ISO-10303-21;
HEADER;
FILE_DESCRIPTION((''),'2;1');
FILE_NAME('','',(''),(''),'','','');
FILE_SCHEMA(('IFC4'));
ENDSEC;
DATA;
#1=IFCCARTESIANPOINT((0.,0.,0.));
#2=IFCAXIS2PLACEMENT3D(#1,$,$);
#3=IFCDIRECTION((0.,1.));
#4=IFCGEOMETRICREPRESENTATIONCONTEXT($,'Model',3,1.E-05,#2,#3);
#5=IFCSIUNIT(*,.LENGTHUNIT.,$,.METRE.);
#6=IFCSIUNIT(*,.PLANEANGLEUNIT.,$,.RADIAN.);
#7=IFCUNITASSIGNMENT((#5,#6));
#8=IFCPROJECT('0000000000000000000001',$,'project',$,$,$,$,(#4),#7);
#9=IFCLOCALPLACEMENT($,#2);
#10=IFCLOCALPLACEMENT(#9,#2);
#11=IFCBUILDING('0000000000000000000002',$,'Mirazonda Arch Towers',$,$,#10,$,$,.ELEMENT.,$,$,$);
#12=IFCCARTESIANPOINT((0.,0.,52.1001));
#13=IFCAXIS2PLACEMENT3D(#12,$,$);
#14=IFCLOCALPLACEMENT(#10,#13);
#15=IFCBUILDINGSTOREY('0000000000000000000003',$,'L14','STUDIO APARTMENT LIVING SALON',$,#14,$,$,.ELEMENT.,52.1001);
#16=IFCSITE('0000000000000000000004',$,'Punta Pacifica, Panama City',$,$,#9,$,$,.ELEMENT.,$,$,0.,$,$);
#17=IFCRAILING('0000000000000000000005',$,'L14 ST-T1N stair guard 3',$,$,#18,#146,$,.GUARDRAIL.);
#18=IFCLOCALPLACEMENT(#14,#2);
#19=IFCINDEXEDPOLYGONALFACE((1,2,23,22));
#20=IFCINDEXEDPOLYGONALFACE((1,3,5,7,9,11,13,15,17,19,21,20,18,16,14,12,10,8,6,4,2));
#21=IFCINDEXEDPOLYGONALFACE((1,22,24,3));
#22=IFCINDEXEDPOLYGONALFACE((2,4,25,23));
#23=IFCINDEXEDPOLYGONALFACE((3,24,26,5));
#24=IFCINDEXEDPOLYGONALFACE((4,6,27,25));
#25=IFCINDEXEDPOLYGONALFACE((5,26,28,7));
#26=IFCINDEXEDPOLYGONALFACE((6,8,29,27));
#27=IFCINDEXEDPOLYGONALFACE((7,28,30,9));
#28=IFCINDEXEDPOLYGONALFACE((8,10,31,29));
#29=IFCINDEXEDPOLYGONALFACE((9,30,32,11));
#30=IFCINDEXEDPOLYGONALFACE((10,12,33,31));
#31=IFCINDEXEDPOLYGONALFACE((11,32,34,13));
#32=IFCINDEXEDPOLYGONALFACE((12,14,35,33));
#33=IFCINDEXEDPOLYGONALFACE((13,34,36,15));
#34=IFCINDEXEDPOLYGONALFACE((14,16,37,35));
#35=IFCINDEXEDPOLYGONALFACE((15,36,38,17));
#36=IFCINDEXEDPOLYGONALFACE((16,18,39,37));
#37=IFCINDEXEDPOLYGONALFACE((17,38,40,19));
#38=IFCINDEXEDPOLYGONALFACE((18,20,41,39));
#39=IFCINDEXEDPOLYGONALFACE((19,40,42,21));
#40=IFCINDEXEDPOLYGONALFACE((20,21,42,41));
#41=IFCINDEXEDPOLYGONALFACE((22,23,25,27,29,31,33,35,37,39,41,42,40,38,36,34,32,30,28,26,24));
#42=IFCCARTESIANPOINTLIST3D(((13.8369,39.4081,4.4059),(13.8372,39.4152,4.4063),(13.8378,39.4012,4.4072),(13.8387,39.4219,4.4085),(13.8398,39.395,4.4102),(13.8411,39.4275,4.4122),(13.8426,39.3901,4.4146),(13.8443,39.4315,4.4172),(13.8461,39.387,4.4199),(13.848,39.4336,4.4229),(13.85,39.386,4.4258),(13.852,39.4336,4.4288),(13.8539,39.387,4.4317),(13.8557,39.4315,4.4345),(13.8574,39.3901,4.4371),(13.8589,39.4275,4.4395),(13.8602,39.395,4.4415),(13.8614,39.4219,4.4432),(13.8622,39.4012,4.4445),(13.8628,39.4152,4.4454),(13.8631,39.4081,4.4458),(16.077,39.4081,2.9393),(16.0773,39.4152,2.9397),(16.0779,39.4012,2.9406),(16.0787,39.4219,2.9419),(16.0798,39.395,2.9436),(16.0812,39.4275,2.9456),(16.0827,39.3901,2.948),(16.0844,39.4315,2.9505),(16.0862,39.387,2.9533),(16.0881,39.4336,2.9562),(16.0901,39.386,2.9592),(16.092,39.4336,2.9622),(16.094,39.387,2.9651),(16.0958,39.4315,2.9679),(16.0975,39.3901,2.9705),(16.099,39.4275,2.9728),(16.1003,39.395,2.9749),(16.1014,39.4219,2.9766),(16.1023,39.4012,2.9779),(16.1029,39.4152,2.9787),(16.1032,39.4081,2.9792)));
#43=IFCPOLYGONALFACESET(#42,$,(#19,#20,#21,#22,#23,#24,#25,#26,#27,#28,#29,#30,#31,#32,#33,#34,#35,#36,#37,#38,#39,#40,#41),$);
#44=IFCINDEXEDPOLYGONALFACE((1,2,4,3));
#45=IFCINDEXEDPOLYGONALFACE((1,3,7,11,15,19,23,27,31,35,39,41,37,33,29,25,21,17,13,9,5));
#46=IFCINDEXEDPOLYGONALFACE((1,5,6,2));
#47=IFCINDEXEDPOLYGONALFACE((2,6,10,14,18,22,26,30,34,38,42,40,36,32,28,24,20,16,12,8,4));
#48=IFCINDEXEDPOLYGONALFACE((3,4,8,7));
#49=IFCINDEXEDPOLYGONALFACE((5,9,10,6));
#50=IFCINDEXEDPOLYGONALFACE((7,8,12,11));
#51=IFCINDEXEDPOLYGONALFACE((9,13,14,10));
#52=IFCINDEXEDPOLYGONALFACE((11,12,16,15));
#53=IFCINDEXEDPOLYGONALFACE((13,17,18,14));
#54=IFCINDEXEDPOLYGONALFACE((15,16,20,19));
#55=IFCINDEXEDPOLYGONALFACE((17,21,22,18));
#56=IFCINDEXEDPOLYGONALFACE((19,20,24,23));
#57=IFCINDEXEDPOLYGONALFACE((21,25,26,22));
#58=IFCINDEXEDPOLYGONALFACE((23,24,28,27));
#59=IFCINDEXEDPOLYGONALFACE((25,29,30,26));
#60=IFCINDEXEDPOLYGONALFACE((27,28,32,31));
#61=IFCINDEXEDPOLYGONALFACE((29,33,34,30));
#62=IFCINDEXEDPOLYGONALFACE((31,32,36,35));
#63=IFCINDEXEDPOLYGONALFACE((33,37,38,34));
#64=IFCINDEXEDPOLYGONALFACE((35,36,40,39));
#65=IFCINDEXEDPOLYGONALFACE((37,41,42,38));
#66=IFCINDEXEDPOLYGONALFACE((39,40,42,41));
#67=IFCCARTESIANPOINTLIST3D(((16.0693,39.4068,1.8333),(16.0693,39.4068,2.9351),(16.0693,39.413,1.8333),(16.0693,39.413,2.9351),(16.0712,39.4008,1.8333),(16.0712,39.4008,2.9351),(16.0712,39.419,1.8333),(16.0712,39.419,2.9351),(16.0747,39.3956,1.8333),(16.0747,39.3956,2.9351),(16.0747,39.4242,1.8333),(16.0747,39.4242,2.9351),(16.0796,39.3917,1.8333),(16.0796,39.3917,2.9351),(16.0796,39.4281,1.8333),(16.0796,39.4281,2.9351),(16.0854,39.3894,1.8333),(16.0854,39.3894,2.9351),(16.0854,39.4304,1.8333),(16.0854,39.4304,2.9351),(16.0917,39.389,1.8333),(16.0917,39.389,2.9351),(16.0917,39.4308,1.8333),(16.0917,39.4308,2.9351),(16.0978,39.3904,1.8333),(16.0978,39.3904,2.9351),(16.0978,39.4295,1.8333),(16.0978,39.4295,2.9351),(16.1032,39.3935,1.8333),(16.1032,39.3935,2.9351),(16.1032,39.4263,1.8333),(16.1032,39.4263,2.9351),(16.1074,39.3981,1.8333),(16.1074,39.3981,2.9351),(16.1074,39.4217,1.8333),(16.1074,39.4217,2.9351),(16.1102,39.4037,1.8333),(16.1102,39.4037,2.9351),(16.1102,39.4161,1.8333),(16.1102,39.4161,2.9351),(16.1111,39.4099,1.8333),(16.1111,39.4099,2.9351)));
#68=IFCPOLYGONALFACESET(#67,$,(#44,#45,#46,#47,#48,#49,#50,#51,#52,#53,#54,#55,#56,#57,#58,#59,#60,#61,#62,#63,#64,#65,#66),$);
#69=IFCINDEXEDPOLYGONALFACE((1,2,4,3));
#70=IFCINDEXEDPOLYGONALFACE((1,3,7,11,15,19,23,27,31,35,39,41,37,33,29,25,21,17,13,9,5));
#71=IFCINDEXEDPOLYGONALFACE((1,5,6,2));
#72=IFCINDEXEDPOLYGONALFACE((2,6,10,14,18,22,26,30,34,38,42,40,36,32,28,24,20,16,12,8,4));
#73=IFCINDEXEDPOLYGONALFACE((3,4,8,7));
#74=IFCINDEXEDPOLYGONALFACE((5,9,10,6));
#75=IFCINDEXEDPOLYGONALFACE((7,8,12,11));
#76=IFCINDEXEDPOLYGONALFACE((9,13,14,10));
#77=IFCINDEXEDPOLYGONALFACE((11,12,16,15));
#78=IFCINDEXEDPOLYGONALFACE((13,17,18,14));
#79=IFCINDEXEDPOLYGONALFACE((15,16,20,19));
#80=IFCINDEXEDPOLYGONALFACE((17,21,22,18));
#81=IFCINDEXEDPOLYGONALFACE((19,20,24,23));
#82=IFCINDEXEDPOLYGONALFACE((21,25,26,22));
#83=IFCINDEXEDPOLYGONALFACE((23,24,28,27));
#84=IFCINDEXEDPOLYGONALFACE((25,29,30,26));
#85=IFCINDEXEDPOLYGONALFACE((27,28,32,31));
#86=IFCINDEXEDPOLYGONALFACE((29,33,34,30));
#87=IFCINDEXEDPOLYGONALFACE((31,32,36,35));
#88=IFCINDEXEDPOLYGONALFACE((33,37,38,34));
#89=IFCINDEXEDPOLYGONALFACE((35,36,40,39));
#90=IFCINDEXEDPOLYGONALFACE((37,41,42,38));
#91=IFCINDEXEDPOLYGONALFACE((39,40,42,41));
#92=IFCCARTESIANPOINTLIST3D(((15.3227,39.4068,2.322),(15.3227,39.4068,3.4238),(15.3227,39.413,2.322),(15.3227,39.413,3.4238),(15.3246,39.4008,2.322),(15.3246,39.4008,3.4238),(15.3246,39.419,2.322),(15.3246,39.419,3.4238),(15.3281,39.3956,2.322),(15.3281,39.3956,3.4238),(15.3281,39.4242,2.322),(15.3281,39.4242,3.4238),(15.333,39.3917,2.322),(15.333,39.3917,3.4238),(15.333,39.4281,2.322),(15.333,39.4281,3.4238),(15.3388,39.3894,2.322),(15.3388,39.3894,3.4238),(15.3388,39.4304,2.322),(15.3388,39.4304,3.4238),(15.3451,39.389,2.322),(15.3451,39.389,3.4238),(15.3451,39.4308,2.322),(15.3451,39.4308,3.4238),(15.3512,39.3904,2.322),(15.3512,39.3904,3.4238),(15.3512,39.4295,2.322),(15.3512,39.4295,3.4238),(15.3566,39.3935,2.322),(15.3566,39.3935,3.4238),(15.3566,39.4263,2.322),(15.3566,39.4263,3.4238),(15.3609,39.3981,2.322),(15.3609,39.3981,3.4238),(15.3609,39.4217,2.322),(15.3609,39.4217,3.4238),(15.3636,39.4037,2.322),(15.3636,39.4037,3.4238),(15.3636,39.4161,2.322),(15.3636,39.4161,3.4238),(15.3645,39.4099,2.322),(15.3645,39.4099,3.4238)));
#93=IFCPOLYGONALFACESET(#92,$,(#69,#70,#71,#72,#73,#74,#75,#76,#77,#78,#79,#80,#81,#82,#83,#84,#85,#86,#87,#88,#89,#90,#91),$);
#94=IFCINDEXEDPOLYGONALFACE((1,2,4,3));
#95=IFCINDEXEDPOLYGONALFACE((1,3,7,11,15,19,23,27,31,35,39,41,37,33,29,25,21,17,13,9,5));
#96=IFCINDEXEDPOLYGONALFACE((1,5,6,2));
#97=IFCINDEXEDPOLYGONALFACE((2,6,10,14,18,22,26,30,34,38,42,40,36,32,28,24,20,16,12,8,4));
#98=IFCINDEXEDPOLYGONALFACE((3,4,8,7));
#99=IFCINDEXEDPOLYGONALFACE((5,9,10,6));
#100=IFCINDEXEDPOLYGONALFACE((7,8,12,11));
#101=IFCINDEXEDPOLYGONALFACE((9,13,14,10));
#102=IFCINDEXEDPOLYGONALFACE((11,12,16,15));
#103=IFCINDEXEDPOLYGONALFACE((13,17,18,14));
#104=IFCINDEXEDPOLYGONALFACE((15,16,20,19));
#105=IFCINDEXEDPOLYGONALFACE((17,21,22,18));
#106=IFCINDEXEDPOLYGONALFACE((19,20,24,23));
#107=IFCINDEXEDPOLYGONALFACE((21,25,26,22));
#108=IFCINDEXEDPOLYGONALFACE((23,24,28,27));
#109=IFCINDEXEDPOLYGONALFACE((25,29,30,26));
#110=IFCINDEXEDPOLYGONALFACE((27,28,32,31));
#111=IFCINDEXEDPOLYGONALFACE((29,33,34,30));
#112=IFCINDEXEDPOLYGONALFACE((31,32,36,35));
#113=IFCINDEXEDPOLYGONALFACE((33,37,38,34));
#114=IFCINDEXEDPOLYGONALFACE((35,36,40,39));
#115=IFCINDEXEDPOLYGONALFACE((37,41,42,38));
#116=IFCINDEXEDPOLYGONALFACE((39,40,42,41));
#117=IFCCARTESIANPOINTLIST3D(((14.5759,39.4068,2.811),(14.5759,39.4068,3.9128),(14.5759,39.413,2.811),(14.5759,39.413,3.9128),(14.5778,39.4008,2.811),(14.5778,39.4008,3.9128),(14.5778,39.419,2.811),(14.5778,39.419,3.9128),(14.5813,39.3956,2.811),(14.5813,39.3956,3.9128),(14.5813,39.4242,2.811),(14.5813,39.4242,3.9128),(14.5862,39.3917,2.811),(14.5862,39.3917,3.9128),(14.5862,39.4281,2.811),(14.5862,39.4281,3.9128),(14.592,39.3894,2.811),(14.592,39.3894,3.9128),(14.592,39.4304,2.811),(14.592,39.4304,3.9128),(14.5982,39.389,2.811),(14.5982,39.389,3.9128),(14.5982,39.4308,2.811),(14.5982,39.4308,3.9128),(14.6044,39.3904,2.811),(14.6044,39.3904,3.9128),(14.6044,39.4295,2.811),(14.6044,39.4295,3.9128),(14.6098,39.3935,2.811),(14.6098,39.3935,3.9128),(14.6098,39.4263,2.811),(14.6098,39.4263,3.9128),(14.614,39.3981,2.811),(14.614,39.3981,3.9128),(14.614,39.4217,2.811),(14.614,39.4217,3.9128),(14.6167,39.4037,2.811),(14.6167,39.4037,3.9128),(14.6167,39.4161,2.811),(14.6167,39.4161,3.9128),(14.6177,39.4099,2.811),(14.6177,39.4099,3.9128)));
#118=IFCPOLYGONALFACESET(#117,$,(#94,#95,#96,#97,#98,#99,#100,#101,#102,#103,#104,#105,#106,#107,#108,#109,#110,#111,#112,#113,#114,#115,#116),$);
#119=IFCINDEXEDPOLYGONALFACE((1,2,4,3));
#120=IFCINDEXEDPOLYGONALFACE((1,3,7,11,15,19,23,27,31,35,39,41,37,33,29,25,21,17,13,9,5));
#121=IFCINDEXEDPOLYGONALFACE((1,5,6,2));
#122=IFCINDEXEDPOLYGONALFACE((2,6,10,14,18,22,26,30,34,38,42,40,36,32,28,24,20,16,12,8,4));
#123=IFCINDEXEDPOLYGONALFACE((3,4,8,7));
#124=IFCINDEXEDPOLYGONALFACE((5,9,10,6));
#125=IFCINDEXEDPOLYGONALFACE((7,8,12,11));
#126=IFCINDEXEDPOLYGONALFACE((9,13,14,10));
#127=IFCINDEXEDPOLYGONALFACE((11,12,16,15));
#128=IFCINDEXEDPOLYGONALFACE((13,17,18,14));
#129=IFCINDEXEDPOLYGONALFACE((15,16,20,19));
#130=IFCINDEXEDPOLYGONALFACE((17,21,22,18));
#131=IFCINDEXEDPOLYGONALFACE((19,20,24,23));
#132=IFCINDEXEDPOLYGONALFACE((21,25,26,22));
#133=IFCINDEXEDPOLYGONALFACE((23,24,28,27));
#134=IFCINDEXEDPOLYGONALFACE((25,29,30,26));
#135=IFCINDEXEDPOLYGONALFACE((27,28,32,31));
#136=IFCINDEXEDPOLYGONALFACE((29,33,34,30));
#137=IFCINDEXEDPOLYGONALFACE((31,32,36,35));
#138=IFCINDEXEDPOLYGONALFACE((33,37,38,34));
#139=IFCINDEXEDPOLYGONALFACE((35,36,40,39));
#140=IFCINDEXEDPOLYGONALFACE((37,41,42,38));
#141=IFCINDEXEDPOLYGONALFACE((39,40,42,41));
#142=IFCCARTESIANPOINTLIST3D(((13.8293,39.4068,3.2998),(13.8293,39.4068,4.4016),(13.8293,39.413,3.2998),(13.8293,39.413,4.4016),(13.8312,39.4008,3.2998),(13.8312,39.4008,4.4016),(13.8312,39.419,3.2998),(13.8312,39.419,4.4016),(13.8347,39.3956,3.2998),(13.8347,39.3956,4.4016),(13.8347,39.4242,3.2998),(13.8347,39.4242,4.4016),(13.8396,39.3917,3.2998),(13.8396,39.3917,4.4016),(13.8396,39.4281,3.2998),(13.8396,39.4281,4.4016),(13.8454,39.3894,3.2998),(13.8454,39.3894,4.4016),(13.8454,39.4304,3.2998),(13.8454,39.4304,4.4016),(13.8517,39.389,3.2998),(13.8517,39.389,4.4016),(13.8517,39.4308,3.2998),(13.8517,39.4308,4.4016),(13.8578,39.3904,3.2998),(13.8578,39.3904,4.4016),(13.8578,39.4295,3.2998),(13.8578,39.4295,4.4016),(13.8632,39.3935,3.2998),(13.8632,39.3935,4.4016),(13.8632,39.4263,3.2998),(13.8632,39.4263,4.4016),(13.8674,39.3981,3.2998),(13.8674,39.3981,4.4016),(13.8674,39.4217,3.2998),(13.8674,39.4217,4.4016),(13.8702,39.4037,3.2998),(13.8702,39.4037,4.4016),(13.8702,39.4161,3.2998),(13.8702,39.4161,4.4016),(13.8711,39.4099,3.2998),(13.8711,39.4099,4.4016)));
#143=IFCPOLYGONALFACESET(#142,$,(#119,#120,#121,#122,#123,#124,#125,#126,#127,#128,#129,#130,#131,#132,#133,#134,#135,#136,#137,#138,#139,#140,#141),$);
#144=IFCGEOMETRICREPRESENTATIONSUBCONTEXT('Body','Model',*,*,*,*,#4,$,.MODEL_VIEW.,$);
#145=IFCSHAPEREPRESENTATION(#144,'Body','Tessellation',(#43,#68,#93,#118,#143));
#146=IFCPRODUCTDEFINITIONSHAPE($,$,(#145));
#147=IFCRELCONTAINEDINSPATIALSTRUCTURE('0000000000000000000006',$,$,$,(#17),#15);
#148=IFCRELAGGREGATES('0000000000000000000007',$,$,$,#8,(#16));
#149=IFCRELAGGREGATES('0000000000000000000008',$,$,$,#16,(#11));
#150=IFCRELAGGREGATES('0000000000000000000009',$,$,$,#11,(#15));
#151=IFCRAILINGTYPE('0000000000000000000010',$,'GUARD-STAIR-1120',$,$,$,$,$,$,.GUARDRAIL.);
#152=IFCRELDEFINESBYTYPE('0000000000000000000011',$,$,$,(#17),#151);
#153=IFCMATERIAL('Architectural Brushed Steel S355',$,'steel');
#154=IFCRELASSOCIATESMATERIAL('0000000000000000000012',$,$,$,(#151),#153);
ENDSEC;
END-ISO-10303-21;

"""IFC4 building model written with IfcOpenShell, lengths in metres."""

from ifc_helpers import new_model, si_unit, direction, frame, origin, origin_2d, place, context, subcontext, project, spatial, circle, extrude, material, type_object, element, save


model = new_model("IFC4")

# Units and contexts
model_context = context("Model", 3, precision=1e-05, world=origin(), true_north=direction((0.0, 1.0)))
body_context = subcontext(model_context, "Body", "Model", "MODEL_VIEW")
ifc_project = project(units=[si_unit("LENGTHUNIT", "METRE"), si_unit("PLANEANGLEUNIT", "RADIAN")], contexts=[model_context])

# Site, building, storey
site_placement = place(None, origin())
site = spatial("IfcSite", under=ifc_project, at=site_placement, Name="Punta Pacifica, Panama City", CompositionType="ELEMENT", RefElevation=0.0)
building_placement = place(site_placement, origin())
building = spatial("IfcBuilding", under=site, at=building_placement, Name="Mirazonda Arch Towers", CompositionType="ELEMENT")
storey_placement = place(building_placement, frame((0.0, 0.0, 52.1001)))
storey = spatial("IfcBuildingStorey", under=building, at=storey_placement, Name="L14", Description="STUDIO APARTMENT LIVING SALON", CompositionType="ELEMENT", Elevation=52.1001)

# Shared definitions
ifc_material_1 = material(Name="Architectural Brushed Steel S355", Category="steel")

# Railing
railing_type_1 = type_object("IfcRailingType", Name="GUARD-STAIR-1120", PredefinedType="GUARDRAIL", material=ifc_material_1)
railing_1_placement = place(storey_placement, frame((16.0901, 39.4099, 1.8333)))
element("IfcRailing", 1, at=railing_1_placement, inside=storey, type_object=railing_type_1, Name="L14 ST-T1N stair guard 3", PredefinedType="GUARDRAIL", context=body_context, shape_type="SweptSolid", body=[
    extrude(circle(Radius=0.0239, at=origin_2d()), frame((0.0, 0.0, 1.126), z_axis=(-0.836637, 0.0, 0.547758), x_axis=(0.0, -1.0, 0.0)), (0.0, 0.0, 1.0), 2.6775),
    extrude(circle(Radius=0.021, at=origin_2d()), origin(), (0.0, 0.0, 1.0), 1.1018),
    extrude(circle(Radius=0.021, at=origin_2d()), frame((-0.7466, 0.0, 0.4888)), (0.0, 0.0, 1.0), 1.1018),
    extrude(circle(Radius=0.021, at=origin_2d()), frame((-1.4934, 0.0, 0.9778)), (0.0, 0.0, 1.0), 1.1018),
    extrude(circle(Radius=0.021, at=origin_2d()), frame((-2.24, 0.0, 1.4666)), (0.0, 0.0, 1.0), 1.1018),
])

save(model, "model.ifc")
